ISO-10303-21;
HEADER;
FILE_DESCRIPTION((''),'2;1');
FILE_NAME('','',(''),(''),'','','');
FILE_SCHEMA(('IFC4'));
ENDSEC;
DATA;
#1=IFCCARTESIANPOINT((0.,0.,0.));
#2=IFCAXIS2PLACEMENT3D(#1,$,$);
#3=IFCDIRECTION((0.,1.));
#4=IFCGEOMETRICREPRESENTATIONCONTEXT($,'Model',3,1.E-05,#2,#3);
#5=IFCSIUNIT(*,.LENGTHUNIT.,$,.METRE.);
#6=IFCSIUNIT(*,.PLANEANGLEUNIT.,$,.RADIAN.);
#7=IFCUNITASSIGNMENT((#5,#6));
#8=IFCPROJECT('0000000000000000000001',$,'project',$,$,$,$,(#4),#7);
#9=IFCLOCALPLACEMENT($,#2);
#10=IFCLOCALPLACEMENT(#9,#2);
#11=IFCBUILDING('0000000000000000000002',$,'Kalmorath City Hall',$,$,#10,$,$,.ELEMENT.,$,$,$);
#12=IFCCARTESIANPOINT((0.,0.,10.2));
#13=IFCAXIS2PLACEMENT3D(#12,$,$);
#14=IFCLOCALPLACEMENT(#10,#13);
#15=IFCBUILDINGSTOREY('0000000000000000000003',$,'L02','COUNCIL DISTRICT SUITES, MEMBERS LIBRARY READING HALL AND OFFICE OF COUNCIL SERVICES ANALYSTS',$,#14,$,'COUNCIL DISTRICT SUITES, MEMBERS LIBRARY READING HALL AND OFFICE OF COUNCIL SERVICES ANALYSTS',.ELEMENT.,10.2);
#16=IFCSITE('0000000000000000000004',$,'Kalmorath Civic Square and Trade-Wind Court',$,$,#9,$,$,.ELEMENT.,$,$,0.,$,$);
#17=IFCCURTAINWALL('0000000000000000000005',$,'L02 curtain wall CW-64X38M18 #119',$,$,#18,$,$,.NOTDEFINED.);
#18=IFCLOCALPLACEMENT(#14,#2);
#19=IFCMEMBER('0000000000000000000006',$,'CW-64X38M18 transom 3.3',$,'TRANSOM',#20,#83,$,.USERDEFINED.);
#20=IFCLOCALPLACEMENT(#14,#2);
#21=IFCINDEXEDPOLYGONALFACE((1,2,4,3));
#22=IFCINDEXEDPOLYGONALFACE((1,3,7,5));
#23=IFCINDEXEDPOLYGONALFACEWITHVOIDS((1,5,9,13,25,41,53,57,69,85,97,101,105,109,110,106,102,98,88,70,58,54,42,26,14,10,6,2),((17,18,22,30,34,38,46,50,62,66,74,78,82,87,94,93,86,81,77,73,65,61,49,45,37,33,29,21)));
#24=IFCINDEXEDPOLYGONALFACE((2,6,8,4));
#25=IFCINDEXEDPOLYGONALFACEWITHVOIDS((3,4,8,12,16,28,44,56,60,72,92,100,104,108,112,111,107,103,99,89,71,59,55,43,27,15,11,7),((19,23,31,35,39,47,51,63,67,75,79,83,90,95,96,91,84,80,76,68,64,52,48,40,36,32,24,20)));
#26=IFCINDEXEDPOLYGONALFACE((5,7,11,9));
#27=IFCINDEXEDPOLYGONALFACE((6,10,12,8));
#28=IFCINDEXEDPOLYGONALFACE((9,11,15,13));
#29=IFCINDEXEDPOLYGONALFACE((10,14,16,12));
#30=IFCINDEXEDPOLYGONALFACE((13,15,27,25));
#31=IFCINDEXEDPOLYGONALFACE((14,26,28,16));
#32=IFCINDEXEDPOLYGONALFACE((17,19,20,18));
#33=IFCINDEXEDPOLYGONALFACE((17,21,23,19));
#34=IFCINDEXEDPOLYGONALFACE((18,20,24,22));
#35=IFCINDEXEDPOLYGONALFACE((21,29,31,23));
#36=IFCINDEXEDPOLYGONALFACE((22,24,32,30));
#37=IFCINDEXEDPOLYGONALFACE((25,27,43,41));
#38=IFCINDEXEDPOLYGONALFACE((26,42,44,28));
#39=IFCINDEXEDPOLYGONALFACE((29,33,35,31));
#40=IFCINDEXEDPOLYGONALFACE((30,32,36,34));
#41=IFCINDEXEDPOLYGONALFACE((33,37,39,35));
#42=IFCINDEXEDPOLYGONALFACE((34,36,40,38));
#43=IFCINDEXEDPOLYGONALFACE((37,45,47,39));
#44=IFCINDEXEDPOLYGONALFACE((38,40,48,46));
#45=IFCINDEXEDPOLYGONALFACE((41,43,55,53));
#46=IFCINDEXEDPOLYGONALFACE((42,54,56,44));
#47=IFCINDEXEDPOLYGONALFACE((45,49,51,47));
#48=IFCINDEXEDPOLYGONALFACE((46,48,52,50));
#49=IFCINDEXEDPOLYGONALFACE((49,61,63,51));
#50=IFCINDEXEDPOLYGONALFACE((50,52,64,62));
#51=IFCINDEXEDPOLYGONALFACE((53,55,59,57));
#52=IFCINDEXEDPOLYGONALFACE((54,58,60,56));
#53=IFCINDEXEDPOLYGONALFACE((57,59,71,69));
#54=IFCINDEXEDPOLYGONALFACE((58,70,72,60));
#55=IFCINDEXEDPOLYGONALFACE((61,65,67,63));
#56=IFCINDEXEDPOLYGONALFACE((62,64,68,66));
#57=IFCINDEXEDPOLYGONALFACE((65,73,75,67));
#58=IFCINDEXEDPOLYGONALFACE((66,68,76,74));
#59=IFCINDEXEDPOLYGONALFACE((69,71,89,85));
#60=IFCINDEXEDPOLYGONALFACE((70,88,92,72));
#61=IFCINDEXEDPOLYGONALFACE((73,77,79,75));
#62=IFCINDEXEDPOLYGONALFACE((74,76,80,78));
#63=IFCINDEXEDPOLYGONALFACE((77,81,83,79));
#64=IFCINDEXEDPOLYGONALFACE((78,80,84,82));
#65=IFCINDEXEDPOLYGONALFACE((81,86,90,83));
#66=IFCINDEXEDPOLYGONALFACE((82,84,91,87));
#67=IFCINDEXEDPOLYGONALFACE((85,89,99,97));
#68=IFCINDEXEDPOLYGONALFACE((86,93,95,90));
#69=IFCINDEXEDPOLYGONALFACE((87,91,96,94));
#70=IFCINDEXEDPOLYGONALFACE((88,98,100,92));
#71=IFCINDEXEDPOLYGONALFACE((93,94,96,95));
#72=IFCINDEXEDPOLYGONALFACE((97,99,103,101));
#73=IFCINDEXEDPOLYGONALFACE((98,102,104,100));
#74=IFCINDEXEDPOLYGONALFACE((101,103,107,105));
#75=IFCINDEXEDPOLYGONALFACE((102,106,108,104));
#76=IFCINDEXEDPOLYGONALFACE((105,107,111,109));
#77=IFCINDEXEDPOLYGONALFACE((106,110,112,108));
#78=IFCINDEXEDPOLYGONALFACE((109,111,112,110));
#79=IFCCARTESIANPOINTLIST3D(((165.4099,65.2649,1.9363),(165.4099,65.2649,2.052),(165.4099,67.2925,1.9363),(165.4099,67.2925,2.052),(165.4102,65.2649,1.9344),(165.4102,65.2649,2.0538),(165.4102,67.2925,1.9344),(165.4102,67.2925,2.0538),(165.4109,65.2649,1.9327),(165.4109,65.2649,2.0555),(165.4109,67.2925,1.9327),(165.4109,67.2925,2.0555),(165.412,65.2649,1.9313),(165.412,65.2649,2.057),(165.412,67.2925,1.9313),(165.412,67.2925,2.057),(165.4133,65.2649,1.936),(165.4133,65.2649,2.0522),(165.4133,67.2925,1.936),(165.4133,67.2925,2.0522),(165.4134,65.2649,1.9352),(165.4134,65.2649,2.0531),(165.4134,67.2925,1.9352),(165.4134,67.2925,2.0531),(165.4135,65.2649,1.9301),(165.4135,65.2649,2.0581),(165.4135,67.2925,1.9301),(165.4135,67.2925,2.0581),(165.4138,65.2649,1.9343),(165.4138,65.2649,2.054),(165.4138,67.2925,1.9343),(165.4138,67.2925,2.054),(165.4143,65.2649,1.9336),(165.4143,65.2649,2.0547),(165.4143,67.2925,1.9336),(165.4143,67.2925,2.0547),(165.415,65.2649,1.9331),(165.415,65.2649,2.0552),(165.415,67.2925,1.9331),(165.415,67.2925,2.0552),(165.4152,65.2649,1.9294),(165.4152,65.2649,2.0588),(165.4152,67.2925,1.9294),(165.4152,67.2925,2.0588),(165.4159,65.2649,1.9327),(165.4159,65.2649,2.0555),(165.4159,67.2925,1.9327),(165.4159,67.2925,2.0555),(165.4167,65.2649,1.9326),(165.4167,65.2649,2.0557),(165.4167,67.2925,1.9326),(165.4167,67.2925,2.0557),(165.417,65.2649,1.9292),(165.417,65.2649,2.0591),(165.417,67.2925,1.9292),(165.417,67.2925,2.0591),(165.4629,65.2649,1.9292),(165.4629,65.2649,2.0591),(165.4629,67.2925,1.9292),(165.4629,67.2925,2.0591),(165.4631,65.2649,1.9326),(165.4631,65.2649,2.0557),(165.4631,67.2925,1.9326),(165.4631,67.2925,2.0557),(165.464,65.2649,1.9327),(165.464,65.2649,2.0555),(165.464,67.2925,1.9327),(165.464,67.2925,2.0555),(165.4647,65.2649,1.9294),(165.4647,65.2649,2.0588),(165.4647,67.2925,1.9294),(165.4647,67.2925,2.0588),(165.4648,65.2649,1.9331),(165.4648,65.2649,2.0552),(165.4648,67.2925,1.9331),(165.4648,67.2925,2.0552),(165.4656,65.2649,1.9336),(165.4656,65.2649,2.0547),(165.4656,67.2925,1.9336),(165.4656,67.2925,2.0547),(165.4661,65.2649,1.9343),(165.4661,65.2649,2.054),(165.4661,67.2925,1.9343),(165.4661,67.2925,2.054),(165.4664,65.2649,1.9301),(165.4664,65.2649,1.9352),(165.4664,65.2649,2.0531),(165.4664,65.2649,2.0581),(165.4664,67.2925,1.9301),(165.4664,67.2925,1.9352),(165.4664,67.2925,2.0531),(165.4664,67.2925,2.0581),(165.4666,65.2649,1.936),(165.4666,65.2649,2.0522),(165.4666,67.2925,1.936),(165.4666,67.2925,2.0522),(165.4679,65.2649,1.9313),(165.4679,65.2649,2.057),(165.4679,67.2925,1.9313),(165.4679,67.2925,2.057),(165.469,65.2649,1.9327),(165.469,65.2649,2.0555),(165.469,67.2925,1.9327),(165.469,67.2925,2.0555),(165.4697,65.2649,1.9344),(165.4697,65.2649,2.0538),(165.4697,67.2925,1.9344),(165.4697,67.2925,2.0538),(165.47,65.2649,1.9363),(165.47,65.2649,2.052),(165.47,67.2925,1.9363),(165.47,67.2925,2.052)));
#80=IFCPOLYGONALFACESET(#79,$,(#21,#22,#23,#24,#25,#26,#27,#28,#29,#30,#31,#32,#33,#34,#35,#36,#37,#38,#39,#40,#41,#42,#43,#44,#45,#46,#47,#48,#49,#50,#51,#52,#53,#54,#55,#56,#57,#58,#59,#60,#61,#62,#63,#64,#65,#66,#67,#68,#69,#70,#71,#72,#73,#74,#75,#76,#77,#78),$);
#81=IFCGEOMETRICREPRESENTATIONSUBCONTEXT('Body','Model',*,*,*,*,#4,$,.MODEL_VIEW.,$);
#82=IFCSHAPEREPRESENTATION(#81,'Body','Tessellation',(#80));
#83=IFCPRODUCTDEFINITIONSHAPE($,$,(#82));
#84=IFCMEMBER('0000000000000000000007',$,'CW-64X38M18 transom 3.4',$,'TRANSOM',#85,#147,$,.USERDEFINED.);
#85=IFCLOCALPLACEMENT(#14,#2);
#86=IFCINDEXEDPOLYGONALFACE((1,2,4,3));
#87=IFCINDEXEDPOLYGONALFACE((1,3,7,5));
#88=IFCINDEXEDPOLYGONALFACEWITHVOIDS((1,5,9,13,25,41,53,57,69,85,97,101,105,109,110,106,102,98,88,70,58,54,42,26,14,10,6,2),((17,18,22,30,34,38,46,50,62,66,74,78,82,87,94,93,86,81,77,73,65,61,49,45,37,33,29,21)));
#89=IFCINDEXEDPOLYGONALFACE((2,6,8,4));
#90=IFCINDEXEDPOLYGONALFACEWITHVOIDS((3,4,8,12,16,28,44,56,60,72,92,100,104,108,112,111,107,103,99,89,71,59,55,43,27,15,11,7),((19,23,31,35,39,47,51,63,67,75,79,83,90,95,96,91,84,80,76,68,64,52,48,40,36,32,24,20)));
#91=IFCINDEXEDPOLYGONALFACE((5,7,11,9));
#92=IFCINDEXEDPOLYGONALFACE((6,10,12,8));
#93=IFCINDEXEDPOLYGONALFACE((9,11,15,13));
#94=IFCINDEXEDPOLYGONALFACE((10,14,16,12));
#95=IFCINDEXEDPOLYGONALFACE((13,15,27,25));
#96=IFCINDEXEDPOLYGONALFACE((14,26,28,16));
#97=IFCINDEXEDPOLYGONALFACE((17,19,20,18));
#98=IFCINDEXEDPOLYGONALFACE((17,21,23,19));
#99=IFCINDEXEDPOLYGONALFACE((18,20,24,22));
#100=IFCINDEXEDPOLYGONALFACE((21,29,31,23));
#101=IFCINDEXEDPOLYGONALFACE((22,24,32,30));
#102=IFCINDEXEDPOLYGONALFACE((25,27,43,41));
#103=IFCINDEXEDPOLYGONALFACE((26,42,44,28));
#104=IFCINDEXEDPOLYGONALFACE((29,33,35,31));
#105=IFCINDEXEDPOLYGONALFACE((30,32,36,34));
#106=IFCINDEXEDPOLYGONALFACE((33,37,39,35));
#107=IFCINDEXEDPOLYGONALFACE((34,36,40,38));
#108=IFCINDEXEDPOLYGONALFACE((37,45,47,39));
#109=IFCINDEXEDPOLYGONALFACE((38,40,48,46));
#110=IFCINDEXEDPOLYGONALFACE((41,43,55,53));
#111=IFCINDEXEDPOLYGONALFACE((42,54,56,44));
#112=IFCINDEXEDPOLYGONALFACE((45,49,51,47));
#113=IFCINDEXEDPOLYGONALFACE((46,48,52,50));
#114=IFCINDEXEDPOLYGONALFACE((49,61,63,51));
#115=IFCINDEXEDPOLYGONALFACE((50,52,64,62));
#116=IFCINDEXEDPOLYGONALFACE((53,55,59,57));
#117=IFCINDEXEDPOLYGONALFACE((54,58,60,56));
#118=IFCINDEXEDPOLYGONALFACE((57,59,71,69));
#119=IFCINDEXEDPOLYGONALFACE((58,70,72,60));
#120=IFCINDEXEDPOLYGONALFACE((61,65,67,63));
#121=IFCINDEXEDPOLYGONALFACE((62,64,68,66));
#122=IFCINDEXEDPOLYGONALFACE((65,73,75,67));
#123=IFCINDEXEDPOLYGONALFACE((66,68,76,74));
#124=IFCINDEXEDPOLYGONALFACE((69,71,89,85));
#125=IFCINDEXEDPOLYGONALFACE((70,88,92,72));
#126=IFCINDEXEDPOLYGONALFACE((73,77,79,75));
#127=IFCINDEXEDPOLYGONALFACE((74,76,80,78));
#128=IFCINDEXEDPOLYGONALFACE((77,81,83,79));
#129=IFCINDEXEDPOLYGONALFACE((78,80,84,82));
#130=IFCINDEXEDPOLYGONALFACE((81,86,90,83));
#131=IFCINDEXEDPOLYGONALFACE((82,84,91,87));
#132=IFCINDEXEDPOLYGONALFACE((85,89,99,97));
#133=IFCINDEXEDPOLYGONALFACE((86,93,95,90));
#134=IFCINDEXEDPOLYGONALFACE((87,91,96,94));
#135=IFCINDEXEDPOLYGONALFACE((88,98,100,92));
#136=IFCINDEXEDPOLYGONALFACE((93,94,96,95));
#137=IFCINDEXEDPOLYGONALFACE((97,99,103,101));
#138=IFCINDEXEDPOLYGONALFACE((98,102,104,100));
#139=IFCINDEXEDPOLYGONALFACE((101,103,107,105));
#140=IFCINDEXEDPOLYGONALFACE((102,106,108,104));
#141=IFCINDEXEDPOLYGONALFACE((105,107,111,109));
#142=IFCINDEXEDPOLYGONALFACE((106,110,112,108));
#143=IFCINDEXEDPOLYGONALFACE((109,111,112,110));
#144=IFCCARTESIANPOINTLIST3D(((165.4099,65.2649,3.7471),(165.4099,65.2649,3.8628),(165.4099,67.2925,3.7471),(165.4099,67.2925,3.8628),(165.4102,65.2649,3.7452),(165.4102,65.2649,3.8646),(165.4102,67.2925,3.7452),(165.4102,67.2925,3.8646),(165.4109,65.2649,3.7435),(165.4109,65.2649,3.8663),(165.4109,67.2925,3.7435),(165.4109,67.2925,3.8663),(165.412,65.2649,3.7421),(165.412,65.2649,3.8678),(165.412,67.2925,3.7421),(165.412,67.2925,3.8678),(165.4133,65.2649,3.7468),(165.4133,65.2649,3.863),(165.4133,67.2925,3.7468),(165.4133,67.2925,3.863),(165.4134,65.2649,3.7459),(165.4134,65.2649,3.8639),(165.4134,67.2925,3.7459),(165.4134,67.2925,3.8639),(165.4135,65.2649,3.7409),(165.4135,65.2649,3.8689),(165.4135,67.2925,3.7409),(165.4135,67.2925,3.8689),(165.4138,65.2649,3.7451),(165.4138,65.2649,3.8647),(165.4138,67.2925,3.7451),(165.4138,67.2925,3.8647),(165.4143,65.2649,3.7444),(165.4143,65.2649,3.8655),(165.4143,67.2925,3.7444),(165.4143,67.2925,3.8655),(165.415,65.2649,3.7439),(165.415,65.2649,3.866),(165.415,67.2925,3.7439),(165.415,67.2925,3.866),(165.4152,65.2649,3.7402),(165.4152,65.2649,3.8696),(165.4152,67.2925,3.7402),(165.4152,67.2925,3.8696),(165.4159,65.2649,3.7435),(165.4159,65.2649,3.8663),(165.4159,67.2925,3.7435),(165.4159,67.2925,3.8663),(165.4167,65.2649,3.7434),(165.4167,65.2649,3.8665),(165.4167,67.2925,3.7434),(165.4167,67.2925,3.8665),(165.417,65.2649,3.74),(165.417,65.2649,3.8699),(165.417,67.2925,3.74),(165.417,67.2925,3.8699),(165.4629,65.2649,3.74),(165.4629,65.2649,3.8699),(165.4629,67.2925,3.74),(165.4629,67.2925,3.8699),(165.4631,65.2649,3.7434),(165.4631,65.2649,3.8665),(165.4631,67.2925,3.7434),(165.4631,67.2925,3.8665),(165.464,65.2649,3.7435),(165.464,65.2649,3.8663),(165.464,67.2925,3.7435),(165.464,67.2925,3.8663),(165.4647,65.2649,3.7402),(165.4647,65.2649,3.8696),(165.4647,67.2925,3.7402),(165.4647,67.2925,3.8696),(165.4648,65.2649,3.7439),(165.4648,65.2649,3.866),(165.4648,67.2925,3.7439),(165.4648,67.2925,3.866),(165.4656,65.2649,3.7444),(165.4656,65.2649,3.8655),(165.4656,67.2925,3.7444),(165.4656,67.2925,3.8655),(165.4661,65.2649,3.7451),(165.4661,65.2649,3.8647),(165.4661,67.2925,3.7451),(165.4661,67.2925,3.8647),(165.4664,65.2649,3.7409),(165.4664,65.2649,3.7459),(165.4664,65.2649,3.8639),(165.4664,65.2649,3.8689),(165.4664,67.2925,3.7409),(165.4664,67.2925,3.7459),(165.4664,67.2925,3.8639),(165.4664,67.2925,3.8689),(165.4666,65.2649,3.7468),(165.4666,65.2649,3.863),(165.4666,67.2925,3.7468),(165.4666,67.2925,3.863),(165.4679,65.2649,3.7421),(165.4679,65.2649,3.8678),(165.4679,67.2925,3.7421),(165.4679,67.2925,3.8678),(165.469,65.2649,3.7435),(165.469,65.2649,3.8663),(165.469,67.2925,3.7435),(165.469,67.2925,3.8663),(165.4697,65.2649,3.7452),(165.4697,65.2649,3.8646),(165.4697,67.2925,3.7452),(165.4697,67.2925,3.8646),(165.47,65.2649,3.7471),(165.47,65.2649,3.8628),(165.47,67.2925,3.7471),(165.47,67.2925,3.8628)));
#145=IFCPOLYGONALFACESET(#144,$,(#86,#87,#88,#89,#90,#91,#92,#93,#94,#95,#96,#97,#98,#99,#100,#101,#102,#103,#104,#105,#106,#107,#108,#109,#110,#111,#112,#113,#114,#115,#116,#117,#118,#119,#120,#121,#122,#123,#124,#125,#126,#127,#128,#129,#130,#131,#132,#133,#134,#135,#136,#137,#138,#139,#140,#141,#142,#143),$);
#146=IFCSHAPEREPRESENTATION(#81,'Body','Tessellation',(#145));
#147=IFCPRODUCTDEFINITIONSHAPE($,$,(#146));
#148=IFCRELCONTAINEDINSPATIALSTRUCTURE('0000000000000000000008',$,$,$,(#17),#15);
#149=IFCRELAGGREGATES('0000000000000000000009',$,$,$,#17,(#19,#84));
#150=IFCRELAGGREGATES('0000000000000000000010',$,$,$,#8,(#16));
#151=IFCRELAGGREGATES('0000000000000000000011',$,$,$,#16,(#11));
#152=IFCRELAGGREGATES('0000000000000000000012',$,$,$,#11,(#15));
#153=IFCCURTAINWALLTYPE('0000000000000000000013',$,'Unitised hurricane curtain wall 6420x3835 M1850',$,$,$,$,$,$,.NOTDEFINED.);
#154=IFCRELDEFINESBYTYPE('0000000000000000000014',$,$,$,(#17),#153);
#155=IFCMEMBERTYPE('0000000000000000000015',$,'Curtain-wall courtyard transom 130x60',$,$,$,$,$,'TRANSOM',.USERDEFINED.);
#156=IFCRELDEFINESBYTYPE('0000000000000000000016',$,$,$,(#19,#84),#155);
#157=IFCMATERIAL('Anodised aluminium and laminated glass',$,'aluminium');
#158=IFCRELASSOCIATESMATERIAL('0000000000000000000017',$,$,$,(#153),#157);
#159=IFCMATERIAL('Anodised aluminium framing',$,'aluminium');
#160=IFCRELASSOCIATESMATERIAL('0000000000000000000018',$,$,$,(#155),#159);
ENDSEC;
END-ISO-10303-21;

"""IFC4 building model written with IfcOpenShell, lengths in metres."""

from ifc_helpers import new_model, si_unit, direction, frame, origin, origin_2d, place, context, subcontext, project, spatial, hollow_rectangle, extrude, material, material_profile, profile_set, type_object, element, aggregate, save


model = new_model("IFC4")

# Units and contexts
model_context = context("Model", 3, precision=1e-05, world=origin(), true_north=direction((0.0, 1.0)))
body_context = subcontext(model_context, "Body", "Model", "MODEL_VIEW")
ifc_project = project(units=[si_unit("LENGTHUNIT", "METRE"), si_unit("PLANEANGLEUNIT", "RADIAN")], contexts=[model_context])

# Site, building, storey
site_placement = place(None, origin())
site = spatial("IfcSite", under=ifc_project, at=site_placement, Name="Kalmorath Civic Square and Trade-Wind Court", CompositionType="ELEMENT", RefElevation=0.0)
building_placement = place(site_placement, origin())
building = spatial("IfcBuilding", under=site, at=building_placement, Name="Kalmorath City Hall", CompositionType="ELEMENT")
storey_placement = place(building_placement, frame((0.0, 0.0, 10.2)))
storey = spatial("IfcBuildingStorey", under=building, at=storey_placement, Name="L02", Description="COUNCIL DISTRICT SUITES, MEMBERS LIBRARY READING HALL AND OFFICE OF COUNCIL SERVICES ANALYSTS", LongName="COUNCIL DISTRICT SUITES, MEMBERS LIBRARY READING HALL AND OFFICE OF COUNCIL SERVICES ANALYSTS", CompositionType="ELEMENT", Elevation=10.2)

# Curtain wall, members
ifc_material_1 = material(Name="Anodised aluminium and laminated glass", Category="aluminium")
curtain_wall_type_1 = type_object("IfcCurtainWallType", Name="Unitised hurricane curtain wall 6420x3835 M1850", PredefinedType="NOTDEFINED", material=ifc_material_1)
curtain_wall_1_placement = place(storey_placement, origin())
curtain_wall_1 = element("IfcCurtainWall", 1, at=curtain_wall_1_placement, inside=storey, type_object=curtain_wall_type_1, Name="L02 curtain wall CW-64X38M18 #119", PredefinedType="NOTDEFINED")
ifc_material_2 = material(Name="Anodised aluminium framing", Category="aluminium")
ifc_material_profile_1 = material_profile(ifc_material_2, hollow_rectangle(XDim=0.0601, YDim=0.1299, WallThickness=0.0034, InnerFilletRadius=0.0034, OuterFilletRadius=0.0071, at=origin_2d()), Name="ALU-TRN-130X60X3.5")
ifc_profile_set_1 = profile_set([ifc_material_profile_1], Name="Anodised aluminium framing")
member_type_1 = type_object("IfcMemberType", Name="Curtain-wall courtyard transom 130x60", ElementType="TRANSOM", PredefinedType="USERDEFINED", material=ifc_profile_set_1)
member_1_placement = place(storey_placement, frame((165.4399, 67.2925, 1.9941), z_axis=(0.0, -1.0, 0.0), x_axis=(1.0, 0.0, 0.0)))
member_1 = element("IfcMember", 2, at=member_1_placement, type_object=member_type_1, Name="CW-64X38M18 transom 3.3", ObjectType="TRANSOM", PredefinedType="USERDEFINED", context=body_context, shape_type="SweptSolid", body=[
    extrude(hollow_rectangle(XDim=0.0601, YDim=0.1299, WallThickness=0.0034, InnerFilletRadius=0.0034, OuterFilletRadius=0.0071, at=origin_2d()), origin(), (0.0, 0.0, 1.0), 2.0276),
])
member_2_placement = place(storey_placement, frame((165.4399, 67.2925, 3.8049), z_axis=(0.0, -1.0, 0.0), x_axis=(1.0, 0.0, 0.0)))
member_2 = element("IfcMember", 3, at=member_2_placement, type_object=member_type_1, Name="CW-64X38M18 transom 3.4", ObjectType="TRANSOM", PredefinedType="USERDEFINED", context=body_context, shape_type="SweptSolid", body=[
    extrude(hollow_rectangle(XDim=0.0601, YDim=0.1299, WallThickness=0.0034, InnerFilletRadius=0.0034, OuterFilletRadius=0.0071, at=origin_2d()), origin(), (0.0, 0.0, 1.0), 2.0276),
])

aggregate(curtain_wall_1, [member_1, member_2])

save(model, "model.ifc")
